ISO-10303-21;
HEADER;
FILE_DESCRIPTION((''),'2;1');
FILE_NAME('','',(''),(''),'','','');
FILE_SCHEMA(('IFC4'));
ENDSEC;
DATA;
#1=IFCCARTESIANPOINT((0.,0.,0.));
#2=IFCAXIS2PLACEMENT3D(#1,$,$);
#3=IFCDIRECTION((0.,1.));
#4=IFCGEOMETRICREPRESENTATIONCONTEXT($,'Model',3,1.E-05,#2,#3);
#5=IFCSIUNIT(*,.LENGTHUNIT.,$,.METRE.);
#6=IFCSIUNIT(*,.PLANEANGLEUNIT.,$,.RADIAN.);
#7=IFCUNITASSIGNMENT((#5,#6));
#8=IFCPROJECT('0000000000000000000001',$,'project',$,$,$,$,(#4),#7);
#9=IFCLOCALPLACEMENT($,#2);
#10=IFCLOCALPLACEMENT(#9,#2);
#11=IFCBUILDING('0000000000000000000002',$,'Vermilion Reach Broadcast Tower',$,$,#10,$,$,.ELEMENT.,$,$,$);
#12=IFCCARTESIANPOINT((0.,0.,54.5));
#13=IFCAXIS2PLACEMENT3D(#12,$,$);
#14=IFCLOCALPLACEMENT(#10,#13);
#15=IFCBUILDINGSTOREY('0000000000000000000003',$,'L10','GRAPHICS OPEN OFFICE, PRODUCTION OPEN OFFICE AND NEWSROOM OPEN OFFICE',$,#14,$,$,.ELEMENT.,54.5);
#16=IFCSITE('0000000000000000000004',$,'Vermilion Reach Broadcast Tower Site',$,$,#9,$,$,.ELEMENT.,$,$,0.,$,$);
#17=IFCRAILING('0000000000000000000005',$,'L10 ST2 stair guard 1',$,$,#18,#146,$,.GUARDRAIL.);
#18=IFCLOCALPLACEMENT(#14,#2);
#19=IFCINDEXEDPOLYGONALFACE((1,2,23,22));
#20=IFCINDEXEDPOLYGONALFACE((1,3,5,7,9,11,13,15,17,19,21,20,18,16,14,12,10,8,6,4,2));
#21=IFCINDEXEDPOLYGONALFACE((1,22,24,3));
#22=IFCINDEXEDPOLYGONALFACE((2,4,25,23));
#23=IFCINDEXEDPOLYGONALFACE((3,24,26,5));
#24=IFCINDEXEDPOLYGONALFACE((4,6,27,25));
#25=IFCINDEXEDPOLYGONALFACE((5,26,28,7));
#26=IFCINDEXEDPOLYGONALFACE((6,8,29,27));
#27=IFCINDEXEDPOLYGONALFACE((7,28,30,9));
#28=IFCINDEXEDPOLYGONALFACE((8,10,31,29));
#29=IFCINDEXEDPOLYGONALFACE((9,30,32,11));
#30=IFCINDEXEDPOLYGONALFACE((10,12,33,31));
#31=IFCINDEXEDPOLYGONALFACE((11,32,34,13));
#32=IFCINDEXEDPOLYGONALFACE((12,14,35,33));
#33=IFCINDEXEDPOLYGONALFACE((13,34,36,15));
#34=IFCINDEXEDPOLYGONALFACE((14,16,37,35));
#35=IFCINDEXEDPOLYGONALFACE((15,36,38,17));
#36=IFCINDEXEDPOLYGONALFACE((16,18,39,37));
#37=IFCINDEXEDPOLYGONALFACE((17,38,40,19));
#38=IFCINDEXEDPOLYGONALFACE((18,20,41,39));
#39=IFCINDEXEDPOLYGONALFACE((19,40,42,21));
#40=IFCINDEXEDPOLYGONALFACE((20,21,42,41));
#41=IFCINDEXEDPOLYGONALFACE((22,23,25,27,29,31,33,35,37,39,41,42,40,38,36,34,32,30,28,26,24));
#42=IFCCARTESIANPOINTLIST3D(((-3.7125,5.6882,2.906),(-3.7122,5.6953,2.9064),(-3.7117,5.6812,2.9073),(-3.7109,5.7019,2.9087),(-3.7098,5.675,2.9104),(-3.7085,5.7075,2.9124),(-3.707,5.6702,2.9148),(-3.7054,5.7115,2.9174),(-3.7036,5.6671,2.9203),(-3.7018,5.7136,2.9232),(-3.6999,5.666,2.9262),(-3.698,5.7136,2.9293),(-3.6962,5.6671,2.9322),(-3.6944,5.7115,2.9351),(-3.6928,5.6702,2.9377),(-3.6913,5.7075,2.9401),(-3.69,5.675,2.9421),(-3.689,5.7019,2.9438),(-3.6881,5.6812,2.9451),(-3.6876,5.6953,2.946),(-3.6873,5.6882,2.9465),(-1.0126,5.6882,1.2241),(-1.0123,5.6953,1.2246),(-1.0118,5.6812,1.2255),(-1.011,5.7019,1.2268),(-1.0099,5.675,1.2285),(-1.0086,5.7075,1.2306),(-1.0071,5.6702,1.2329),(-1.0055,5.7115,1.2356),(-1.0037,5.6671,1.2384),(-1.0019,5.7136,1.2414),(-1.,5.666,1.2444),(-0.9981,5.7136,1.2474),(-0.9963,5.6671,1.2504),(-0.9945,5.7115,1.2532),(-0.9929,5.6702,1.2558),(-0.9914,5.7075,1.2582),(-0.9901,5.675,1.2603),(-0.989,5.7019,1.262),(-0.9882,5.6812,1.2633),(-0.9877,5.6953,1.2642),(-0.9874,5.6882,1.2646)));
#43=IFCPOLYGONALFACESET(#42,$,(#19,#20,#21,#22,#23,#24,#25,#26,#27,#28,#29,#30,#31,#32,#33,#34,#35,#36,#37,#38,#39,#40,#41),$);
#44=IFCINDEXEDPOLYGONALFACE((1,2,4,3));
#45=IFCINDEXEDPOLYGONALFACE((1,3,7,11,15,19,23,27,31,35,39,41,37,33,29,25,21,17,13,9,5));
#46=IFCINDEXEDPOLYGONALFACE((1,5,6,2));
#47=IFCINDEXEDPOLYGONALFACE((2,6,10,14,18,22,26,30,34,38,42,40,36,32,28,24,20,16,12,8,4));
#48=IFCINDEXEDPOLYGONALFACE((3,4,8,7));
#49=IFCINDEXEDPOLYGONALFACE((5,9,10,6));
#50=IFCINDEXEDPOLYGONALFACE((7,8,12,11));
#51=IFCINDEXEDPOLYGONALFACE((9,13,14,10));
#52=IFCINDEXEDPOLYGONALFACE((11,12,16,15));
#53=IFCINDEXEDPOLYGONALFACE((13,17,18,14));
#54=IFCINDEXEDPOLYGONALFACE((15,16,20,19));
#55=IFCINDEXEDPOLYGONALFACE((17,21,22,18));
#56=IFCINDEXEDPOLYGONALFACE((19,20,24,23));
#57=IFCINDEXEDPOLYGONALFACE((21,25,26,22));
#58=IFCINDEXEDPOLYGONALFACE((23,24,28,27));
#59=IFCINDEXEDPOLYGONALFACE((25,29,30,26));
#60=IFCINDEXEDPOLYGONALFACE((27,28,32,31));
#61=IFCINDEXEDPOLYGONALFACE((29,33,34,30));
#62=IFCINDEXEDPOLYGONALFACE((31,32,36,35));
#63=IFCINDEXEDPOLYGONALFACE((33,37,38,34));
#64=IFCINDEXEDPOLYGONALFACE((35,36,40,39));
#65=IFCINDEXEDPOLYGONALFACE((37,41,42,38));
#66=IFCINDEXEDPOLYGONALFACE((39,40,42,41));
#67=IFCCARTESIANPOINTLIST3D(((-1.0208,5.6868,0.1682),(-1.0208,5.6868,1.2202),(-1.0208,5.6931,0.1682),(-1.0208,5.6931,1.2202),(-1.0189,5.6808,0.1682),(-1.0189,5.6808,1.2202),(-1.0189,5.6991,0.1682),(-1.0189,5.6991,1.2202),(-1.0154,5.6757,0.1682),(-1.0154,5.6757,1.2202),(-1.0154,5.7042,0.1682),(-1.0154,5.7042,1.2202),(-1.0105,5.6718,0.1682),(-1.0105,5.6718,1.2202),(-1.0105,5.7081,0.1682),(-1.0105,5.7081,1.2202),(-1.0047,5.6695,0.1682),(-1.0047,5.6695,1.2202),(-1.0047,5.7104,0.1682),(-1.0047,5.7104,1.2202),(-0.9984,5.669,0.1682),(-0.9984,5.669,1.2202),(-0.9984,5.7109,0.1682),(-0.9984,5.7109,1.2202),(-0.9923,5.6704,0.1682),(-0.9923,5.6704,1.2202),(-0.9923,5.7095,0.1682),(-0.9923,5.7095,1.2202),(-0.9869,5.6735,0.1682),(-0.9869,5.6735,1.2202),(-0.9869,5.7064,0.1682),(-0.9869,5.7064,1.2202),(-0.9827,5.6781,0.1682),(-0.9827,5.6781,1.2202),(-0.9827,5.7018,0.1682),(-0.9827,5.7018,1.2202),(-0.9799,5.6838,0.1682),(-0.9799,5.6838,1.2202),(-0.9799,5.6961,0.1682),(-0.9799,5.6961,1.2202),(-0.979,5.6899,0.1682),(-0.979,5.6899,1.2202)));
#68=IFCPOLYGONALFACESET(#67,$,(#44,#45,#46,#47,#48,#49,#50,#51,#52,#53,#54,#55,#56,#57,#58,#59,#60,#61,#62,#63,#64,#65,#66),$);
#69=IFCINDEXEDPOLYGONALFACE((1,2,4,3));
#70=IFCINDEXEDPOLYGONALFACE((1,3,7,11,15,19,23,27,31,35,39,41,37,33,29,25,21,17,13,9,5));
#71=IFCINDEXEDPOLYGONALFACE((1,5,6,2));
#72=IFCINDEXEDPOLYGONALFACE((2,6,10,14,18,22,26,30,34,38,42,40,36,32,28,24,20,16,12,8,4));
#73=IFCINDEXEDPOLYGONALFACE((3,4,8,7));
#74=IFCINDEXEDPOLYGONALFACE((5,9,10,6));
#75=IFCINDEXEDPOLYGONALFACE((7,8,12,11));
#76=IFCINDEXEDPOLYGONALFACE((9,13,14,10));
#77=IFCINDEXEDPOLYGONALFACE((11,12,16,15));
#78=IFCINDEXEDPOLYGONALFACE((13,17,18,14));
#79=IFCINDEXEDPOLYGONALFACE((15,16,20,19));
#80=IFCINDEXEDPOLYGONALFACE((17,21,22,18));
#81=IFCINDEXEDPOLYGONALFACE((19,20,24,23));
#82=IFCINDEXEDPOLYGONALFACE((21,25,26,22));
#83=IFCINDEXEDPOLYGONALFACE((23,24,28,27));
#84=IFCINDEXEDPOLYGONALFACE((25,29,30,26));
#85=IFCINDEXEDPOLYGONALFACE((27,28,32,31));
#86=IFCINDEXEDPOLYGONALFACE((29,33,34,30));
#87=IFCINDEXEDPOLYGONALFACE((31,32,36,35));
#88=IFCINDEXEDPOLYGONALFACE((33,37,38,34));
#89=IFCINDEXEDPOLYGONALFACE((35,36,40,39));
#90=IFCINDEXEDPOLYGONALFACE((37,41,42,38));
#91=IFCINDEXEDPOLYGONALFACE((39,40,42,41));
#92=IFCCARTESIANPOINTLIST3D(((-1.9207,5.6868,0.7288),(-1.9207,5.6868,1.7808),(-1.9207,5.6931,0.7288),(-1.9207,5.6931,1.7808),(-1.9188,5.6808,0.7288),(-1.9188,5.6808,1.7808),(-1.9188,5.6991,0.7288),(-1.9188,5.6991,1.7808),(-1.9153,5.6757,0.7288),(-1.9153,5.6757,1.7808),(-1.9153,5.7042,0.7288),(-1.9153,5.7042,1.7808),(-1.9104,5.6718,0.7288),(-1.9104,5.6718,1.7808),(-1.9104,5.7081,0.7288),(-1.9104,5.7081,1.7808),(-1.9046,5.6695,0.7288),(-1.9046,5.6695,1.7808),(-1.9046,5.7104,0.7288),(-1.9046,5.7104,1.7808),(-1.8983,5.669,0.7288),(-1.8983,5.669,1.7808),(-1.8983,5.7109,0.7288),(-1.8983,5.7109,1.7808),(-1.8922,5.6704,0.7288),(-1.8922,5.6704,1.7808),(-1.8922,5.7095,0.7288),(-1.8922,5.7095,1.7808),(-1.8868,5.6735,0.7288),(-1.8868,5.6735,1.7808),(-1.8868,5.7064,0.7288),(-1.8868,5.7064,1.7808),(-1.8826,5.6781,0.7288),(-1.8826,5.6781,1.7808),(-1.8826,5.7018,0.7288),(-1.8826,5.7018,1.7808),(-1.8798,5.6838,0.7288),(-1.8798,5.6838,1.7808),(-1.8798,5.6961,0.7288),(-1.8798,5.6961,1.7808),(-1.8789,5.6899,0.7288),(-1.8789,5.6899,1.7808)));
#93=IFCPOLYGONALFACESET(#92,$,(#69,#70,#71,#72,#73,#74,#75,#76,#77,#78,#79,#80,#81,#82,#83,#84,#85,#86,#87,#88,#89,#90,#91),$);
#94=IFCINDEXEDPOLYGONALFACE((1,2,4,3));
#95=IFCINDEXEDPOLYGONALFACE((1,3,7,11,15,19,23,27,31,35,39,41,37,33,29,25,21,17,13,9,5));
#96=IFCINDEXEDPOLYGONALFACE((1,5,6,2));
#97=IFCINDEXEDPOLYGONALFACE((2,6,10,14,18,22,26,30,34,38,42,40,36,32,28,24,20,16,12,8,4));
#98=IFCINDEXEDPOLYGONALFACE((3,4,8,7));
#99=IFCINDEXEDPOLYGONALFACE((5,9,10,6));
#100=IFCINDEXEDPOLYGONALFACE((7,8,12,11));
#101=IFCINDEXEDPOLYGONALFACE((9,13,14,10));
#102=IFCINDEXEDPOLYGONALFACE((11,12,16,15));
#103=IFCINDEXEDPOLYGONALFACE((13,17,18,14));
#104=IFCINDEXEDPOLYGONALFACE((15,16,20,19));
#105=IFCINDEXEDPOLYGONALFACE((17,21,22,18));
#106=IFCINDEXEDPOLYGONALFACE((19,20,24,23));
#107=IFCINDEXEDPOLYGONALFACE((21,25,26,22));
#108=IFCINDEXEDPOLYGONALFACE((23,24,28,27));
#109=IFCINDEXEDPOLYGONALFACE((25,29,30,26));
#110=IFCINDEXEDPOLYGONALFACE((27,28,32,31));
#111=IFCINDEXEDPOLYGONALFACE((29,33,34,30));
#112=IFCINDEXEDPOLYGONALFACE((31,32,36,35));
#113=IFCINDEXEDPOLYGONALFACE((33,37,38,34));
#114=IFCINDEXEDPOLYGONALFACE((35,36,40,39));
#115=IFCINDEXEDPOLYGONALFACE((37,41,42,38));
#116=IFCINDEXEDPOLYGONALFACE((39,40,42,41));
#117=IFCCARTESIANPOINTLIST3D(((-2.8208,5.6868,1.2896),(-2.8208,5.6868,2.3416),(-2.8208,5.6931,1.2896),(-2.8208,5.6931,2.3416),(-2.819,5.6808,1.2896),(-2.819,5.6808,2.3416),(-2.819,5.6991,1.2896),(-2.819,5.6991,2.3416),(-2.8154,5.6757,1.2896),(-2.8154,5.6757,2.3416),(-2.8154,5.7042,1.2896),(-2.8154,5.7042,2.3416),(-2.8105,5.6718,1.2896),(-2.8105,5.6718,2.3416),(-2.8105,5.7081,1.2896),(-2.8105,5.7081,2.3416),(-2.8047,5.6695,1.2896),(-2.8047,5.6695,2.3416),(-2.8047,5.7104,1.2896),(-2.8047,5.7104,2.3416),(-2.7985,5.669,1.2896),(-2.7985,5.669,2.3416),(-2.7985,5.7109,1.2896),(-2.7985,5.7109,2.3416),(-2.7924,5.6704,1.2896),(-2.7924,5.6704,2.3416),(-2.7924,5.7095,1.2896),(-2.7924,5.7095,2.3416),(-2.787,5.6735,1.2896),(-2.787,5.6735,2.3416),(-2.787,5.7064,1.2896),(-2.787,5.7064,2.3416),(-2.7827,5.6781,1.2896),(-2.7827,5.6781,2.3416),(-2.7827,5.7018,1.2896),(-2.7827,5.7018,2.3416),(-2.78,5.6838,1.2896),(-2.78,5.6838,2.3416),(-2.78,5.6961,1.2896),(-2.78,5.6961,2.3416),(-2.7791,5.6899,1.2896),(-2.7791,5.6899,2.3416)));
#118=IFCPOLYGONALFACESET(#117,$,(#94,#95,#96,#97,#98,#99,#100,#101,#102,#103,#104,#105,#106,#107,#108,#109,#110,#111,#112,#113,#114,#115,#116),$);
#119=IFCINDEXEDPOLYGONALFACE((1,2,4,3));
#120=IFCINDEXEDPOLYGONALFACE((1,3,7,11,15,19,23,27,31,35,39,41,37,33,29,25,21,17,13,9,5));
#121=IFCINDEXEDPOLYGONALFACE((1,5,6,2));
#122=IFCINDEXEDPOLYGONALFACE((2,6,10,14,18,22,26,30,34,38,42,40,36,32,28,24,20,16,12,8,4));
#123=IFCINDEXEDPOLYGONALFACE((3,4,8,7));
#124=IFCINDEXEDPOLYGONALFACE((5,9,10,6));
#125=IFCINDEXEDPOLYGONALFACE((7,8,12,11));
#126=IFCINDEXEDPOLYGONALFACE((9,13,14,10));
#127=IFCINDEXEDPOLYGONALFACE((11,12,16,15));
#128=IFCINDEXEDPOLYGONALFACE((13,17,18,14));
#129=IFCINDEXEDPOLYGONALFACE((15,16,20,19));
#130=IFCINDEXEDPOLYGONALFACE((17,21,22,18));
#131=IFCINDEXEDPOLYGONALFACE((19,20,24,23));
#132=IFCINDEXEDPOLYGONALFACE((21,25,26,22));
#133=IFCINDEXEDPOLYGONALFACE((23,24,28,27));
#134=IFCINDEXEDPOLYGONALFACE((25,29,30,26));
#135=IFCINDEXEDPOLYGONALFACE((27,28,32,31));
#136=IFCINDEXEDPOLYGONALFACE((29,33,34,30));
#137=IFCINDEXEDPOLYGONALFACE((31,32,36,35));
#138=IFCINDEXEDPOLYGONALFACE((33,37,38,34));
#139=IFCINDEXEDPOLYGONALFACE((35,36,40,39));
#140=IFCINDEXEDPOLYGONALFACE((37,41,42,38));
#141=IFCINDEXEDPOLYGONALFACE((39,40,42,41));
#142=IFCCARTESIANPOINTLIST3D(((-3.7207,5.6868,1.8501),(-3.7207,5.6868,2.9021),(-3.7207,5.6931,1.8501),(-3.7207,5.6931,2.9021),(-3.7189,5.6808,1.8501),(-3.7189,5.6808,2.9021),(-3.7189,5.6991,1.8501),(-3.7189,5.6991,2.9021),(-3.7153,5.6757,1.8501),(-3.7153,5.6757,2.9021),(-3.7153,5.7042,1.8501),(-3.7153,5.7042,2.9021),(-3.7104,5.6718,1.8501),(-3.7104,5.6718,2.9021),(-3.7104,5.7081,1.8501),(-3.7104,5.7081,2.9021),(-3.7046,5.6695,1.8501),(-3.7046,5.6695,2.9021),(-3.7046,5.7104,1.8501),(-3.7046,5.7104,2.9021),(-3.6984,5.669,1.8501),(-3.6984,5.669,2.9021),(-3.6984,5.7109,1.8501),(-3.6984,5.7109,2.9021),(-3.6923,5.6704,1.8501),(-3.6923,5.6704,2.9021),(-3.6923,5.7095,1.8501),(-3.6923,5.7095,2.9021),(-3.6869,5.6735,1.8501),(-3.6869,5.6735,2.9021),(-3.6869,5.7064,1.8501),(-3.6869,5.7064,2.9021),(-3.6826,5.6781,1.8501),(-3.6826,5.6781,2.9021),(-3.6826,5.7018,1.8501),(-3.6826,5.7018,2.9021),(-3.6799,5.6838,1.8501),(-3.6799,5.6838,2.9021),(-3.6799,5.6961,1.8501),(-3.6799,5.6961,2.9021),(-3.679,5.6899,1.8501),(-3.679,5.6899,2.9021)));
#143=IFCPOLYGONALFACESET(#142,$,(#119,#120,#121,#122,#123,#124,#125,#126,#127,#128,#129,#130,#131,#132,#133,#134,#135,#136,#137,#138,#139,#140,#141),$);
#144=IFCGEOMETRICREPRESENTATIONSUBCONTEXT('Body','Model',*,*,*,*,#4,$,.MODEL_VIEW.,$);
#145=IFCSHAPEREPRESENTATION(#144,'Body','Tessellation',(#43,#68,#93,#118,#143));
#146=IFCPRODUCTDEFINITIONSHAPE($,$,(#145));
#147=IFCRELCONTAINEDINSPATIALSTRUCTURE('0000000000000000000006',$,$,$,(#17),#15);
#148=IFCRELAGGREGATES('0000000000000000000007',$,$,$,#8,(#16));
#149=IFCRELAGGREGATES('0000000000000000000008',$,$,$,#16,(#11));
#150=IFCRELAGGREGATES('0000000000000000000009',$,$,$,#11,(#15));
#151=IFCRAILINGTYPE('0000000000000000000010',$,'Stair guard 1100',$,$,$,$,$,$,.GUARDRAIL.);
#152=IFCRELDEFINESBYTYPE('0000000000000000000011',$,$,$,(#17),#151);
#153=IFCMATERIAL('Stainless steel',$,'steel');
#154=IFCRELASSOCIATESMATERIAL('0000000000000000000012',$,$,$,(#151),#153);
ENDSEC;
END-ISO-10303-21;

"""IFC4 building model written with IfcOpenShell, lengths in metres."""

from ifc_helpers import new_model, si_unit, direction, frame, origin, origin_2d, place, context, subcontext, project, spatial, circle, extrude, material, type_object, element, save


model = new_model("IFC4")

# Units and contexts
model_context = context("Model", 3, precision=1e-05, world=origin(), true_north=direction((0.0, 1.0)))
body_context = subcontext(model_context, "Body", "Model", "MODEL_VIEW")
ifc_project = project(units=[si_unit("LENGTHUNIT", "METRE"), si_unit("PLANEANGLEUNIT", "RADIAN")], contexts=[model_context])

# Site, building, storey
site_placement = place(None, origin())
site = spatial("IfcSite", under=ifc_project, at=site_placement, Name="Vermilion Reach Broadcast Tower Site", CompositionType="ELEMENT", RefElevation=0.0)
building_placement = place(site_placement, origin())
building = spatial("IfcBuilding", under=site, at=building_placement, Name="Vermilion Reach Broadcast Tower", CompositionType="ELEMENT")
storey_placement = place(building_placement, frame((0.0, 0.0, 54.5)))
storey = spatial("IfcBuildingStorey", under=building, at=storey_placement, Name="L10", Description="GRAPHICS OPEN OFFICE, PRODUCTION OPEN OFFICE AND NEWSROOM OPEN OFFICE", CompositionType="ELEMENT", Elevation=54.5)

# Railing
ifc_material_1 = material(Name="Stainless steel", Category="steel")
railing_type_1 = type_object("IfcRailingType", Name="Stair guard 1100", PredefinedType="GUARDRAIL", material=ifc_material_1)
railing_1_placement = place(storey_placement, frame((-1.0, 5.6899, 0.1682)))
element("IfcRailing", 1, at=railing_1_placement, inside=storey, type_object=railing_type_1, Name="L10 ST2 stair guard 1", PredefinedType="GUARDRAIL", context=body_context, shape_type="SweptSolid", body=[
    extrude(circle(Radius=0.0239, at=origin_2d()), frame((0.0, 0.0, 1.0762), z_axis=(-0.848786, 0.0, 0.528736), x_axis=(0.0, -1.0, 0.0)), (0.0, 0.0, 1.0), 3.1809),
    extrude(circle(Radius=0.021, at=origin_2d()), origin(), (0.0, 0.0, 1.0), 1.052),
    extrude(circle(Radius=0.021, at=origin_2d()), frame((-0.8999, 0.0, 0.5605)), (0.0, 0.0, 1.0), 1.052),
    extrude(circle(Radius=0.021, at=origin_2d()), frame((-1.8, 0.0, 1.1213)), (0.0, 0.0, 1.0), 1.052),
    extrude(circle(Radius=0.021, at=origin_2d()), frame((-2.7, 0.0, 1.6819)), (0.0, 0.0, 1.0), 1.052),
])

save(model, "model.ifc")
